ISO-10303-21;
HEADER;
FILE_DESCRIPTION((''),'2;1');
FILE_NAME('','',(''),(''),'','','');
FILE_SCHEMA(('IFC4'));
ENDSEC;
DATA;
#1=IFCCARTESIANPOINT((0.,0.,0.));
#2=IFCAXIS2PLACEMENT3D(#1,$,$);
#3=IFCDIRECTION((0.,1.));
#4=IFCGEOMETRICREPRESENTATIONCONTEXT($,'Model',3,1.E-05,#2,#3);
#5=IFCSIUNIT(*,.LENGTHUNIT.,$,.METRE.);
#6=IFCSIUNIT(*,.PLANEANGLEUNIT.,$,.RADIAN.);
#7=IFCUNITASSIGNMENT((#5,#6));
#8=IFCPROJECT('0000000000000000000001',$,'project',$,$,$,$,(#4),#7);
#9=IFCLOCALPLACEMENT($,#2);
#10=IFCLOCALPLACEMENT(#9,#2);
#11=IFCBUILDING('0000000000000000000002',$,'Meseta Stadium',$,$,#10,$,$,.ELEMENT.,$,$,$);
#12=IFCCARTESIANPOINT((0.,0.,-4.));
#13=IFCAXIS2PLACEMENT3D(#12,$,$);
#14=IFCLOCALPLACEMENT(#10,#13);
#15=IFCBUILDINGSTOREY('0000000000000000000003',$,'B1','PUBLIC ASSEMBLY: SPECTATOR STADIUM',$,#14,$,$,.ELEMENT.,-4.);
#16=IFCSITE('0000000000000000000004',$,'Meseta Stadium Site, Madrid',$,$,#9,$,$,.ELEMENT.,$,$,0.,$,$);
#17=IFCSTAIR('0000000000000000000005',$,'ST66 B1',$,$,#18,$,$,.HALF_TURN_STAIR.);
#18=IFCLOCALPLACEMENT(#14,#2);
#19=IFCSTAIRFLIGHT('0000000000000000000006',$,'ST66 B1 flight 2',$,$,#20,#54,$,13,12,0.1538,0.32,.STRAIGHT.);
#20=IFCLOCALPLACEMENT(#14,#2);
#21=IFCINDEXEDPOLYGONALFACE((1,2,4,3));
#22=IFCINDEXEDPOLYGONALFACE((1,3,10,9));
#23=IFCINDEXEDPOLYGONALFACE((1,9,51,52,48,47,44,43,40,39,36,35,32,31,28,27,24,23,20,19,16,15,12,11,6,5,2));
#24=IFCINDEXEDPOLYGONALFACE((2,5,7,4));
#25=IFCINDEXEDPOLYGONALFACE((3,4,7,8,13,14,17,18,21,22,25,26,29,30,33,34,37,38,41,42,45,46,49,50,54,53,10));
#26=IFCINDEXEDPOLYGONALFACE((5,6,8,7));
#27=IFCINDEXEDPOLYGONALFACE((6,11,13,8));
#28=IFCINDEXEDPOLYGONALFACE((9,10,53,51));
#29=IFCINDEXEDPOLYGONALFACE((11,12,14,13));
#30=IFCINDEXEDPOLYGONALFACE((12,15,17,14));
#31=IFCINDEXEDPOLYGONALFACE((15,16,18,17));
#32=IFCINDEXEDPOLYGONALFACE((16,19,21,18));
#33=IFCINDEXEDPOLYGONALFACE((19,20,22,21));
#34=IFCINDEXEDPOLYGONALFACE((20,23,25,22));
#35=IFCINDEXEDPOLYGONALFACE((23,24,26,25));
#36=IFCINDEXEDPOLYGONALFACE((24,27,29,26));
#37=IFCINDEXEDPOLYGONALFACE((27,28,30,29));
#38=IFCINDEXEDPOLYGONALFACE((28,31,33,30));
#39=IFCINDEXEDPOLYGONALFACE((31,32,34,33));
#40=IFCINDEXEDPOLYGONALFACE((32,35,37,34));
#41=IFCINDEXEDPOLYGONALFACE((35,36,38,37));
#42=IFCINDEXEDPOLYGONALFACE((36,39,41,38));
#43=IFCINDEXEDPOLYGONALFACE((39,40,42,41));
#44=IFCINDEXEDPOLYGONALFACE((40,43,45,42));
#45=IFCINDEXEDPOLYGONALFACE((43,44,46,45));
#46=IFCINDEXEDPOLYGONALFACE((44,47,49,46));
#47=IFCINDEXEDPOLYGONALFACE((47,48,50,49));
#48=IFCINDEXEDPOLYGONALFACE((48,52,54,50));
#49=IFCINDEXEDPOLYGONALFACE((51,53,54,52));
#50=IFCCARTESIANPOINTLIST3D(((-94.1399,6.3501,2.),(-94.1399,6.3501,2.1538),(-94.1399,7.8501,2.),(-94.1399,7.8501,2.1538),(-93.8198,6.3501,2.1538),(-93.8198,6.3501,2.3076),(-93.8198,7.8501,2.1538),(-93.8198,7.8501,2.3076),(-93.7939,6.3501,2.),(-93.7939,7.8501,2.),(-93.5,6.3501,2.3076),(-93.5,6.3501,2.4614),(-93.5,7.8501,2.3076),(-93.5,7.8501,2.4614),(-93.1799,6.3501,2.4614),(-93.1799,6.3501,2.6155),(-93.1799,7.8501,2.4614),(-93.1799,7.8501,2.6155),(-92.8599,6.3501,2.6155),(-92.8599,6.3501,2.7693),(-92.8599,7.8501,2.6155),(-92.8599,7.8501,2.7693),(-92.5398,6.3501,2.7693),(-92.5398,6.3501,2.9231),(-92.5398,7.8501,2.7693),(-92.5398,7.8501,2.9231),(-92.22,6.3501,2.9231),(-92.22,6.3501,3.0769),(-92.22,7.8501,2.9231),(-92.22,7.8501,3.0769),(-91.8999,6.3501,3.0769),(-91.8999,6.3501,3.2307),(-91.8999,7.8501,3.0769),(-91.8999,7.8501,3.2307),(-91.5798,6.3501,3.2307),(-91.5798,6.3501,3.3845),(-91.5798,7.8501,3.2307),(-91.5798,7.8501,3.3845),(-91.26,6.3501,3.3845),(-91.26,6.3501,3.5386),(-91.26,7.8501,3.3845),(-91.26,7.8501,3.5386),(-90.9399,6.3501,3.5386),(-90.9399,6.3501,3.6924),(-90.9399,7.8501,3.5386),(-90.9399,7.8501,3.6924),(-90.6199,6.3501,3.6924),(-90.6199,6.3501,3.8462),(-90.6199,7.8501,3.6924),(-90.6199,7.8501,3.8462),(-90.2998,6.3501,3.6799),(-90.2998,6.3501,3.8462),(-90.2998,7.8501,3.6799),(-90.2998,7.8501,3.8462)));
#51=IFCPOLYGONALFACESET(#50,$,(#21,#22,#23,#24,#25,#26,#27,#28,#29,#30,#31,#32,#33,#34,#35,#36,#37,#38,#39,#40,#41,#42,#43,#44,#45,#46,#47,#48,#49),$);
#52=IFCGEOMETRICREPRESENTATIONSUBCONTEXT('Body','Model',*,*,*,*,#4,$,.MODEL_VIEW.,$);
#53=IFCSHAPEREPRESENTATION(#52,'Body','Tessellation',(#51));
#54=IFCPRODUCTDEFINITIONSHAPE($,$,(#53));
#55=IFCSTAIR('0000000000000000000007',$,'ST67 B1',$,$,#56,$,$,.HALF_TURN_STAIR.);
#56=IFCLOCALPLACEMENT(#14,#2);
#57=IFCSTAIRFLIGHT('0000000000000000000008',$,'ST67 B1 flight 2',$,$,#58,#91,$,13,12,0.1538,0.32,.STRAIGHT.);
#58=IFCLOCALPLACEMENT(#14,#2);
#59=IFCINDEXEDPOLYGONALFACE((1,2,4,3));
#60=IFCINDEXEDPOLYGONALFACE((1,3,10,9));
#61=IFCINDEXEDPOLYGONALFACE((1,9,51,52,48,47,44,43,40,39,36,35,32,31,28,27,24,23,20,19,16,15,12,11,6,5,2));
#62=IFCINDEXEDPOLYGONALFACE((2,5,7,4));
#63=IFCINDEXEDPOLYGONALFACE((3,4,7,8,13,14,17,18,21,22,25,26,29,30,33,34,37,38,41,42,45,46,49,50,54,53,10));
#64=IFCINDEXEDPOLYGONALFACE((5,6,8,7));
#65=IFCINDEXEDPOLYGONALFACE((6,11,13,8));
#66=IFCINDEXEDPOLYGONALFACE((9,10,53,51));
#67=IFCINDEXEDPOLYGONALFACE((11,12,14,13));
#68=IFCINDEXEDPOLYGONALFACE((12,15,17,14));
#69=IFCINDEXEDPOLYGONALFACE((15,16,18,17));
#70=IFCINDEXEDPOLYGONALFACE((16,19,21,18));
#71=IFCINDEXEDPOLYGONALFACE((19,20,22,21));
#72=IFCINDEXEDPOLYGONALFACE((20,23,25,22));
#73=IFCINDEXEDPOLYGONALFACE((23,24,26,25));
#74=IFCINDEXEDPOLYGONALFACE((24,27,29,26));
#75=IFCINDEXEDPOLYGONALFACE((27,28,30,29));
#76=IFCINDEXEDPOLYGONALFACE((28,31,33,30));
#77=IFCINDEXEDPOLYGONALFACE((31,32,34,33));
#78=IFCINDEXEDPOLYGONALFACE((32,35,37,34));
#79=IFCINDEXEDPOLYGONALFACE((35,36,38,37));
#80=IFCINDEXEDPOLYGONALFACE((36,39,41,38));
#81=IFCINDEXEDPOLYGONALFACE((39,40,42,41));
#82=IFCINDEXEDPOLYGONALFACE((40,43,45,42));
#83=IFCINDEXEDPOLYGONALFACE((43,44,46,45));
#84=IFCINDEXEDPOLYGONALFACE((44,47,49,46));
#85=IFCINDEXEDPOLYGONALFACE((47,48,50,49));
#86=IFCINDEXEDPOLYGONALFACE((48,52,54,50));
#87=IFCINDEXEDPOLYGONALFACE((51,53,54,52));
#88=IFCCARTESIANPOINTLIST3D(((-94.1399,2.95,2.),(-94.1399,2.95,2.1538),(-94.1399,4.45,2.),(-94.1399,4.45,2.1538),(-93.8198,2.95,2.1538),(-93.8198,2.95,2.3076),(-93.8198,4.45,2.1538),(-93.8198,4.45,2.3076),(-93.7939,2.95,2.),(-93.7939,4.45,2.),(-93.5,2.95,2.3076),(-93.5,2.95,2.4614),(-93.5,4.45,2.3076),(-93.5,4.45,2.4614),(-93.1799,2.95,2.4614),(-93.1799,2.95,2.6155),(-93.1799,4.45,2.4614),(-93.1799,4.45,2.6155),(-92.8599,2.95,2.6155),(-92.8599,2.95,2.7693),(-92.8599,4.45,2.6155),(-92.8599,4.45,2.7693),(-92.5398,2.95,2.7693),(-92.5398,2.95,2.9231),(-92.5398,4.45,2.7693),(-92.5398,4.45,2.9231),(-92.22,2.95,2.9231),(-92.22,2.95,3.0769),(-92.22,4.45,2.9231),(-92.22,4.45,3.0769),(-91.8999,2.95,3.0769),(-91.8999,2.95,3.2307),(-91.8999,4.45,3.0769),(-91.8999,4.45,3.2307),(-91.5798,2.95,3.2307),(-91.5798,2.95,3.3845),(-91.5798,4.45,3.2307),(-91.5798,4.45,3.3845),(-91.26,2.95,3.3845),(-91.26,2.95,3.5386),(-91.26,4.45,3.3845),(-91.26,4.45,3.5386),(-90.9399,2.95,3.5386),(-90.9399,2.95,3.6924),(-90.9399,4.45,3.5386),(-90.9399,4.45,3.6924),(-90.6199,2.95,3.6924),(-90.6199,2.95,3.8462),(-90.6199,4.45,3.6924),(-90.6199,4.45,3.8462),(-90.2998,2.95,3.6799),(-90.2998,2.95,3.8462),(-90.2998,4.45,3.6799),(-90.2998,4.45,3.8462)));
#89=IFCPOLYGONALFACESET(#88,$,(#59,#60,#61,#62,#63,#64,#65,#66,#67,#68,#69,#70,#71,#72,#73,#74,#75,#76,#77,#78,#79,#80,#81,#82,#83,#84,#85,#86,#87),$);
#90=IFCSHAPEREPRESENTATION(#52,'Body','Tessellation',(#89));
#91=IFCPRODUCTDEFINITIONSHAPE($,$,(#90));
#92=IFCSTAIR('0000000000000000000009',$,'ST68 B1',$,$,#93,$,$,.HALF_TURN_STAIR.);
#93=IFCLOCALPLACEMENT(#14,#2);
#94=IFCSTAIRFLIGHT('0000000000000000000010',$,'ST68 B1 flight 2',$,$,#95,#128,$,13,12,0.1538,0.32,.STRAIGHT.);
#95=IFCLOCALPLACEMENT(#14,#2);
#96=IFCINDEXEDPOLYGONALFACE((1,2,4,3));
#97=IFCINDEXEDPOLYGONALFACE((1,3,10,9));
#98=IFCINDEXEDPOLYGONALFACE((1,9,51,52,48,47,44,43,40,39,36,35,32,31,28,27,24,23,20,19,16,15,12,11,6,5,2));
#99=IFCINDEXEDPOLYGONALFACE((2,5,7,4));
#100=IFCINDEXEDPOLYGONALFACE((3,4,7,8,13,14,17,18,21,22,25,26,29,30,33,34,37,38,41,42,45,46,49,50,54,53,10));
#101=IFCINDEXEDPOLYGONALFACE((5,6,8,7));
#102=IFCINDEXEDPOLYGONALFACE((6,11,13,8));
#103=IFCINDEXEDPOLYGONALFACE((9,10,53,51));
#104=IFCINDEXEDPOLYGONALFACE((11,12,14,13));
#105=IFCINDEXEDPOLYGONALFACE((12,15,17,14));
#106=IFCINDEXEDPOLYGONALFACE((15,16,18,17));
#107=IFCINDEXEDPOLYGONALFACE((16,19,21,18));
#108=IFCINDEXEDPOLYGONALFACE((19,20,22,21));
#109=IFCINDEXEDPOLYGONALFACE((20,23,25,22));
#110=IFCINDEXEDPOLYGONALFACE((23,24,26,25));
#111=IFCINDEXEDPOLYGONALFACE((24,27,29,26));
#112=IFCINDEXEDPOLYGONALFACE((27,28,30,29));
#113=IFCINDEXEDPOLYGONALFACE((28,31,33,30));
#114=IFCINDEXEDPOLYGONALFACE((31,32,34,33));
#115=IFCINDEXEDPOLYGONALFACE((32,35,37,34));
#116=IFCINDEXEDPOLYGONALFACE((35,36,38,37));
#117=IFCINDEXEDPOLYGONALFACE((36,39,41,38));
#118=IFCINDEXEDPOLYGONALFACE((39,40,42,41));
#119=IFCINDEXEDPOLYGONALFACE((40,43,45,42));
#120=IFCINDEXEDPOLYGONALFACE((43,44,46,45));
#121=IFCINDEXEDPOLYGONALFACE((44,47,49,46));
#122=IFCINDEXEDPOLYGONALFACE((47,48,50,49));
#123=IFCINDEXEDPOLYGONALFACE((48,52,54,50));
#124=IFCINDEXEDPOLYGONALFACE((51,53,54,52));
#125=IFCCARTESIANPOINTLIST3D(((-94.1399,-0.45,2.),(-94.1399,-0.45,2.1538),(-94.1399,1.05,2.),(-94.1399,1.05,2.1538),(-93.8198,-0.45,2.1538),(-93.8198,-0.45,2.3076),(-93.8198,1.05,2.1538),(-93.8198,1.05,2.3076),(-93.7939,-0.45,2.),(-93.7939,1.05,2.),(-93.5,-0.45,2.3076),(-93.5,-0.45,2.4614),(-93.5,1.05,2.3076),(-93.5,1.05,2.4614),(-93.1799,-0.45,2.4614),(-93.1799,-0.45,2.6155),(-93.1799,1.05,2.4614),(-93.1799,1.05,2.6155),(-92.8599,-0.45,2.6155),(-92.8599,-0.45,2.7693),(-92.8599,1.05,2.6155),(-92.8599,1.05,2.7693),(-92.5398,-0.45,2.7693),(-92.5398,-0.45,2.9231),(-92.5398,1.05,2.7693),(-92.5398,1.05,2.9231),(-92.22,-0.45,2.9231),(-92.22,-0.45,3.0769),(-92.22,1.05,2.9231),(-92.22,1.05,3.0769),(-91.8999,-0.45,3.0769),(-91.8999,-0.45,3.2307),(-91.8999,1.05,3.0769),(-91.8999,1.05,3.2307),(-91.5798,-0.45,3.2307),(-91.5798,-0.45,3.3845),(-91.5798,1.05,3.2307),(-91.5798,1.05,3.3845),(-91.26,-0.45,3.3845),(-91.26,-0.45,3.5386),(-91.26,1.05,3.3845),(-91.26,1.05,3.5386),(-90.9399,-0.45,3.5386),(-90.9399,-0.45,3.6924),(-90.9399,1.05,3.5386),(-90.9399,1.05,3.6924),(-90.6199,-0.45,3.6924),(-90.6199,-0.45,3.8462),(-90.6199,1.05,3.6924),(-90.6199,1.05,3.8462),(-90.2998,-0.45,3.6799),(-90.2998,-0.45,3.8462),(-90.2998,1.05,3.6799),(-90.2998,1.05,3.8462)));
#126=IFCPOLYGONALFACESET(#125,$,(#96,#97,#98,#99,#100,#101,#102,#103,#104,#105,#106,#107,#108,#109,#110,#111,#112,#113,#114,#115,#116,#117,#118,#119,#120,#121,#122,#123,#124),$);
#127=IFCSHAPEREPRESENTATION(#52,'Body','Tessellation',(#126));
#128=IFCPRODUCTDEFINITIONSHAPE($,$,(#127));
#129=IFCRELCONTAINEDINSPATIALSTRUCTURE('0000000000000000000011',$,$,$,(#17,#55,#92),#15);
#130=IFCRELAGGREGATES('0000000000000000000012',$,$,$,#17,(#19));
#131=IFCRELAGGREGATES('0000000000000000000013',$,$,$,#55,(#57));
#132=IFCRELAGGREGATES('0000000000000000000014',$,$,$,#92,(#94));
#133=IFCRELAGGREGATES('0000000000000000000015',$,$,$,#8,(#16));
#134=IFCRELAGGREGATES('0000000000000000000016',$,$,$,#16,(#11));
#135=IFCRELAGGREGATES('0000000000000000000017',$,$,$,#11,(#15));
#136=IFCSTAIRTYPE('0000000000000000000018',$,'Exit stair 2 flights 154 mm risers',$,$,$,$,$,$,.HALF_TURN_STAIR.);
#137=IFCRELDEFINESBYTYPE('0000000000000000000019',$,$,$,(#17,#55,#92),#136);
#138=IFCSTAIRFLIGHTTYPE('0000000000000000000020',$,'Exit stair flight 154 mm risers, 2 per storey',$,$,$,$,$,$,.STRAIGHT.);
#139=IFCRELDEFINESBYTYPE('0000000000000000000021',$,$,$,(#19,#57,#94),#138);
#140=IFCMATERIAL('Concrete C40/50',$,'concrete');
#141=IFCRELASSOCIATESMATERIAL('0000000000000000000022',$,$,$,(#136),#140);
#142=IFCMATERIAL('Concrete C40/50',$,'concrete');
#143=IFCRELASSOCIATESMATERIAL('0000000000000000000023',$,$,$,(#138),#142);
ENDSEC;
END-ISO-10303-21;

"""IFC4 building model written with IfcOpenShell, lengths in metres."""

from ifc_helpers import new_model, si_unit, direction, frame, origin, place, context, subcontext, project, spatial, polyline, outline, extrude, material, type_object, element, aggregate, save


model = new_model("IFC4")

# Units and contexts
model_context = context("Model", 3, precision=1e-05, world=origin(), true_north=direction((0.0, 1.0)))
body_context = subcontext(model_context, "Body", "Model", "MODEL_VIEW")
ifc_project = project(units=[si_unit("LENGTHUNIT", "METRE"), si_unit("PLANEANGLEUNIT", "RADIAN")], contexts=[model_context])

# Site, building, storey
site_placement = place(None, origin())
site = spatial("IfcSite", under=ifc_project, at=site_placement, Name="Meseta Stadium Site, Madrid", CompositionType="ELEMENT", RefElevation=0.0)
building_placement = place(site_placement, origin())
building = spatial("IfcBuilding", under=site, at=building_placement, Name="Meseta Stadium", CompositionType="ELEMENT")
storey_placement = place(building_placement, frame((0.0, 0.0, -4.0)))
storey = spatial("IfcBuildingStorey", under=building, at=storey_placement, Name="B1", Description="PUBLIC ASSEMBLY: SPECTATOR STADIUM", CompositionType="ELEMENT", Elevation=-4.0)

# Stairs, stair flights
ifc_material_1 = material(Name="Concrete C40/50", Category="concrete")
stair_type = type_object("IfcStairType", Name="Exit stair 2 flights 154 mm risers", PredefinedType="HALF_TURN_STAIR", material=ifc_material_1)
ifc_material_2 = material(Name="Concrete C40/50", Category="concrete")
stair_flight_type = type_object("IfcStairFlightType", Name="Exit stair flight 154 mm risers, 2 per storey", PredefinedType="STRAIGHT", material=ifc_material_2)
stair_1_placement = place(storey_placement, origin())
stair_1 = element("IfcStair", 1, at=stair_1_placement, inside=storey, type_object=stair_type, Name="ST66 B1", PredefinedType="HALF_TURN_STAIR")
stair_flight_1_placement = place(storey_placement, frame((-94.1399, 7.1001, 2.0), z_axis=(0.0, 0.0, 1.0), x_axis=(1.0, 0.0, 0.0)))
stair_flight_1 = element("IfcStairFlight", 2, at=stair_flight_1_placement, type_object=stair_flight_type, Name="ST66 B1 flight 2", NumberOfRisers=13, NumberOfTreads=12, PredefinedType="STRAIGHT", RiserHeight=0.1538, TreadLength=0.32, context=body_context, shape_type="SweptSolid", body=[
    extrude(outline(polyline([(0.0, 0.0), (0.0, 0.1538), (0.3201, 0.1538), (0.3201, 0.3076), (0.6399, 0.3076), (0.6399, 0.4614), (0.96, 0.4614), (0.96, 0.6155), (1.28, 0.6155), (1.28, 0.7693), (1.6001, 0.7693), (1.6001, 0.9231), (1.9199, 0.9231), (1.9199, 1.0769), (2.24, 1.0769), (2.24, 1.2307), (2.5601, 1.2307), (2.5601, 1.3845), (2.8799, 1.3845), (2.8799, 1.5386), (3.2, 1.5386), (3.2, 1.6924), (3.52, 1.6924), (3.52, 1.8462), (3.8401, 1.8462), (3.8401, 1.6799), (0.3459, 0.0), (0.0, 0.0)])), frame((0.0, 0.75, 0.0), z_axis=(0.0, -1.0, 0.0), x_axis=(1.0, 0.0, 0.0)), (0.0, 0.0, 1.0), 1.5),
])
aggregate(stair_1, [stair_flight_1])
stair_2_placement = place(storey_placement, origin())
stair_2 = element("IfcStair", 3, at=stair_2_placement, inside=storey, type_object=stair_type, Name="ST67 B1", PredefinedType="HALF_TURN_STAIR")
stair_flight_2_placement = place(storey_placement, frame((-94.1399, 3.7, 2.0), z_axis=(0.0, 0.0, 1.0), x_axis=(1.0, 0.0, 0.0)))
stair_flight_2 = element("IfcStairFlight", 4, at=stair_flight_2_placement, type_object=stair_flight_type, Name="ST67 B1 flight 2", NumberOfRisers=13, NumberOfTreads=12, PredefinedType="STRAIGHT", RiserHeight=0.1538, TreadLength=0.32, context=body_context, shape_type="SweptSolid", body=[
    extrude(outline(polyline([(0.0, 0.0), (0.0, 0.1538), (0.3201, 0.1538), (0.3201, 0.3076), (0.6399, 0.3076), (0.6399, 0.4614), (0.96, 0.4614), (0.96, 0.6155), (1.28, 0.6155), (1.28, 0.7693), (1.6001, 0.7693), (1.6001, 0.9231), (1.9199, 0.9231), (1.9199, 1.0769), (2.24, 1.0769), (2.24, 1.2307), (2.5601, 1.2307), (2.5601, 1.3845), (2.8799, 1.3845), (2.8799, 1.5386), (3.2, 1.5386), (3.2, 1.6924), (3.52, 1.6924), (3.52, 1.8462), (3.8401, 1.8462), (3.8401, 1.6799), (0.3459, 0.0), (0.0, 0.0)])), frame((0.0, 0.75, 0.0), z_axis=(0.0, -1.0, 0.0), x_axis=(1.0, 0.0, 0.0)), (0.0, 0.0, 1.0), 1.5),
])
aggregate(stair_2, [stair_flight_2])
stair_3_placement = place(storey_placement, origin())
stair_3 = element("IfcStair", 5, at=stair_3_placement, inside=storey, type_object=stair_type, Name="ST68 B1", PredefinedType="HALF_TURN_STAIR")
stair_flight_3_placement = place(storey_placement, frame((-94.1399, 0.3, 2.0), z_axis=(0.0, 0.0, 1.0), x_axis=(1.0, 0.0, 0.0)))
stair_flight_3 = element("IfcStairFlight", 6, at=stair_flight_3_placement, type_object=stair_flight_type, Name="ST68 B1 flight 2", NumberOfRisers=13, NumberOfTreads=12, PredefinedType="STRAIGHT", RiserHeight=0.1538, TreadLength=0.32, context=body_context, shape_type="SweptSolid", body=[
    extrude(outline(polyline([(0.0, 0.0), (0.0, 0.1538), (0.3201, 0.1538), (0.3201, 0.3076), (0.6399, 0.3076), (0.6399, 0.4614), (0.96, 0.4614), (0.96, 0.6155), (1.28, 0.6155), (1.28, 0.7693), (1.6001, 0.7693), (1.6001, 0.9231), (1.9199, 0.9231), (1.9199, 1.0769), (2.24, 1.0769), (2.24, 1.2307), (2.5601, 1.2307), (2.5601, 1.3845), (2.8799, 1.3845), (2.8799, 1.5386), (3.2, 1.5386), (3.2, 1.6924), (3.52, 1.6924), (3.52, 1.8462), (3.8401, 1.8462), (3.8401, 1.6799), (0.3459, 0.0), (0.0, 0.0)])), frame((0.0, 0.75, 0.0), z_axis=(0.0, -1.0, 0.0), x_axis=(1.0, 0.0, 0.0)), (0.0, 0.0, 1.0), 1.5),
])
aggregate(stair_3, [stair_flight_3])

save(model, "model.ifc")
